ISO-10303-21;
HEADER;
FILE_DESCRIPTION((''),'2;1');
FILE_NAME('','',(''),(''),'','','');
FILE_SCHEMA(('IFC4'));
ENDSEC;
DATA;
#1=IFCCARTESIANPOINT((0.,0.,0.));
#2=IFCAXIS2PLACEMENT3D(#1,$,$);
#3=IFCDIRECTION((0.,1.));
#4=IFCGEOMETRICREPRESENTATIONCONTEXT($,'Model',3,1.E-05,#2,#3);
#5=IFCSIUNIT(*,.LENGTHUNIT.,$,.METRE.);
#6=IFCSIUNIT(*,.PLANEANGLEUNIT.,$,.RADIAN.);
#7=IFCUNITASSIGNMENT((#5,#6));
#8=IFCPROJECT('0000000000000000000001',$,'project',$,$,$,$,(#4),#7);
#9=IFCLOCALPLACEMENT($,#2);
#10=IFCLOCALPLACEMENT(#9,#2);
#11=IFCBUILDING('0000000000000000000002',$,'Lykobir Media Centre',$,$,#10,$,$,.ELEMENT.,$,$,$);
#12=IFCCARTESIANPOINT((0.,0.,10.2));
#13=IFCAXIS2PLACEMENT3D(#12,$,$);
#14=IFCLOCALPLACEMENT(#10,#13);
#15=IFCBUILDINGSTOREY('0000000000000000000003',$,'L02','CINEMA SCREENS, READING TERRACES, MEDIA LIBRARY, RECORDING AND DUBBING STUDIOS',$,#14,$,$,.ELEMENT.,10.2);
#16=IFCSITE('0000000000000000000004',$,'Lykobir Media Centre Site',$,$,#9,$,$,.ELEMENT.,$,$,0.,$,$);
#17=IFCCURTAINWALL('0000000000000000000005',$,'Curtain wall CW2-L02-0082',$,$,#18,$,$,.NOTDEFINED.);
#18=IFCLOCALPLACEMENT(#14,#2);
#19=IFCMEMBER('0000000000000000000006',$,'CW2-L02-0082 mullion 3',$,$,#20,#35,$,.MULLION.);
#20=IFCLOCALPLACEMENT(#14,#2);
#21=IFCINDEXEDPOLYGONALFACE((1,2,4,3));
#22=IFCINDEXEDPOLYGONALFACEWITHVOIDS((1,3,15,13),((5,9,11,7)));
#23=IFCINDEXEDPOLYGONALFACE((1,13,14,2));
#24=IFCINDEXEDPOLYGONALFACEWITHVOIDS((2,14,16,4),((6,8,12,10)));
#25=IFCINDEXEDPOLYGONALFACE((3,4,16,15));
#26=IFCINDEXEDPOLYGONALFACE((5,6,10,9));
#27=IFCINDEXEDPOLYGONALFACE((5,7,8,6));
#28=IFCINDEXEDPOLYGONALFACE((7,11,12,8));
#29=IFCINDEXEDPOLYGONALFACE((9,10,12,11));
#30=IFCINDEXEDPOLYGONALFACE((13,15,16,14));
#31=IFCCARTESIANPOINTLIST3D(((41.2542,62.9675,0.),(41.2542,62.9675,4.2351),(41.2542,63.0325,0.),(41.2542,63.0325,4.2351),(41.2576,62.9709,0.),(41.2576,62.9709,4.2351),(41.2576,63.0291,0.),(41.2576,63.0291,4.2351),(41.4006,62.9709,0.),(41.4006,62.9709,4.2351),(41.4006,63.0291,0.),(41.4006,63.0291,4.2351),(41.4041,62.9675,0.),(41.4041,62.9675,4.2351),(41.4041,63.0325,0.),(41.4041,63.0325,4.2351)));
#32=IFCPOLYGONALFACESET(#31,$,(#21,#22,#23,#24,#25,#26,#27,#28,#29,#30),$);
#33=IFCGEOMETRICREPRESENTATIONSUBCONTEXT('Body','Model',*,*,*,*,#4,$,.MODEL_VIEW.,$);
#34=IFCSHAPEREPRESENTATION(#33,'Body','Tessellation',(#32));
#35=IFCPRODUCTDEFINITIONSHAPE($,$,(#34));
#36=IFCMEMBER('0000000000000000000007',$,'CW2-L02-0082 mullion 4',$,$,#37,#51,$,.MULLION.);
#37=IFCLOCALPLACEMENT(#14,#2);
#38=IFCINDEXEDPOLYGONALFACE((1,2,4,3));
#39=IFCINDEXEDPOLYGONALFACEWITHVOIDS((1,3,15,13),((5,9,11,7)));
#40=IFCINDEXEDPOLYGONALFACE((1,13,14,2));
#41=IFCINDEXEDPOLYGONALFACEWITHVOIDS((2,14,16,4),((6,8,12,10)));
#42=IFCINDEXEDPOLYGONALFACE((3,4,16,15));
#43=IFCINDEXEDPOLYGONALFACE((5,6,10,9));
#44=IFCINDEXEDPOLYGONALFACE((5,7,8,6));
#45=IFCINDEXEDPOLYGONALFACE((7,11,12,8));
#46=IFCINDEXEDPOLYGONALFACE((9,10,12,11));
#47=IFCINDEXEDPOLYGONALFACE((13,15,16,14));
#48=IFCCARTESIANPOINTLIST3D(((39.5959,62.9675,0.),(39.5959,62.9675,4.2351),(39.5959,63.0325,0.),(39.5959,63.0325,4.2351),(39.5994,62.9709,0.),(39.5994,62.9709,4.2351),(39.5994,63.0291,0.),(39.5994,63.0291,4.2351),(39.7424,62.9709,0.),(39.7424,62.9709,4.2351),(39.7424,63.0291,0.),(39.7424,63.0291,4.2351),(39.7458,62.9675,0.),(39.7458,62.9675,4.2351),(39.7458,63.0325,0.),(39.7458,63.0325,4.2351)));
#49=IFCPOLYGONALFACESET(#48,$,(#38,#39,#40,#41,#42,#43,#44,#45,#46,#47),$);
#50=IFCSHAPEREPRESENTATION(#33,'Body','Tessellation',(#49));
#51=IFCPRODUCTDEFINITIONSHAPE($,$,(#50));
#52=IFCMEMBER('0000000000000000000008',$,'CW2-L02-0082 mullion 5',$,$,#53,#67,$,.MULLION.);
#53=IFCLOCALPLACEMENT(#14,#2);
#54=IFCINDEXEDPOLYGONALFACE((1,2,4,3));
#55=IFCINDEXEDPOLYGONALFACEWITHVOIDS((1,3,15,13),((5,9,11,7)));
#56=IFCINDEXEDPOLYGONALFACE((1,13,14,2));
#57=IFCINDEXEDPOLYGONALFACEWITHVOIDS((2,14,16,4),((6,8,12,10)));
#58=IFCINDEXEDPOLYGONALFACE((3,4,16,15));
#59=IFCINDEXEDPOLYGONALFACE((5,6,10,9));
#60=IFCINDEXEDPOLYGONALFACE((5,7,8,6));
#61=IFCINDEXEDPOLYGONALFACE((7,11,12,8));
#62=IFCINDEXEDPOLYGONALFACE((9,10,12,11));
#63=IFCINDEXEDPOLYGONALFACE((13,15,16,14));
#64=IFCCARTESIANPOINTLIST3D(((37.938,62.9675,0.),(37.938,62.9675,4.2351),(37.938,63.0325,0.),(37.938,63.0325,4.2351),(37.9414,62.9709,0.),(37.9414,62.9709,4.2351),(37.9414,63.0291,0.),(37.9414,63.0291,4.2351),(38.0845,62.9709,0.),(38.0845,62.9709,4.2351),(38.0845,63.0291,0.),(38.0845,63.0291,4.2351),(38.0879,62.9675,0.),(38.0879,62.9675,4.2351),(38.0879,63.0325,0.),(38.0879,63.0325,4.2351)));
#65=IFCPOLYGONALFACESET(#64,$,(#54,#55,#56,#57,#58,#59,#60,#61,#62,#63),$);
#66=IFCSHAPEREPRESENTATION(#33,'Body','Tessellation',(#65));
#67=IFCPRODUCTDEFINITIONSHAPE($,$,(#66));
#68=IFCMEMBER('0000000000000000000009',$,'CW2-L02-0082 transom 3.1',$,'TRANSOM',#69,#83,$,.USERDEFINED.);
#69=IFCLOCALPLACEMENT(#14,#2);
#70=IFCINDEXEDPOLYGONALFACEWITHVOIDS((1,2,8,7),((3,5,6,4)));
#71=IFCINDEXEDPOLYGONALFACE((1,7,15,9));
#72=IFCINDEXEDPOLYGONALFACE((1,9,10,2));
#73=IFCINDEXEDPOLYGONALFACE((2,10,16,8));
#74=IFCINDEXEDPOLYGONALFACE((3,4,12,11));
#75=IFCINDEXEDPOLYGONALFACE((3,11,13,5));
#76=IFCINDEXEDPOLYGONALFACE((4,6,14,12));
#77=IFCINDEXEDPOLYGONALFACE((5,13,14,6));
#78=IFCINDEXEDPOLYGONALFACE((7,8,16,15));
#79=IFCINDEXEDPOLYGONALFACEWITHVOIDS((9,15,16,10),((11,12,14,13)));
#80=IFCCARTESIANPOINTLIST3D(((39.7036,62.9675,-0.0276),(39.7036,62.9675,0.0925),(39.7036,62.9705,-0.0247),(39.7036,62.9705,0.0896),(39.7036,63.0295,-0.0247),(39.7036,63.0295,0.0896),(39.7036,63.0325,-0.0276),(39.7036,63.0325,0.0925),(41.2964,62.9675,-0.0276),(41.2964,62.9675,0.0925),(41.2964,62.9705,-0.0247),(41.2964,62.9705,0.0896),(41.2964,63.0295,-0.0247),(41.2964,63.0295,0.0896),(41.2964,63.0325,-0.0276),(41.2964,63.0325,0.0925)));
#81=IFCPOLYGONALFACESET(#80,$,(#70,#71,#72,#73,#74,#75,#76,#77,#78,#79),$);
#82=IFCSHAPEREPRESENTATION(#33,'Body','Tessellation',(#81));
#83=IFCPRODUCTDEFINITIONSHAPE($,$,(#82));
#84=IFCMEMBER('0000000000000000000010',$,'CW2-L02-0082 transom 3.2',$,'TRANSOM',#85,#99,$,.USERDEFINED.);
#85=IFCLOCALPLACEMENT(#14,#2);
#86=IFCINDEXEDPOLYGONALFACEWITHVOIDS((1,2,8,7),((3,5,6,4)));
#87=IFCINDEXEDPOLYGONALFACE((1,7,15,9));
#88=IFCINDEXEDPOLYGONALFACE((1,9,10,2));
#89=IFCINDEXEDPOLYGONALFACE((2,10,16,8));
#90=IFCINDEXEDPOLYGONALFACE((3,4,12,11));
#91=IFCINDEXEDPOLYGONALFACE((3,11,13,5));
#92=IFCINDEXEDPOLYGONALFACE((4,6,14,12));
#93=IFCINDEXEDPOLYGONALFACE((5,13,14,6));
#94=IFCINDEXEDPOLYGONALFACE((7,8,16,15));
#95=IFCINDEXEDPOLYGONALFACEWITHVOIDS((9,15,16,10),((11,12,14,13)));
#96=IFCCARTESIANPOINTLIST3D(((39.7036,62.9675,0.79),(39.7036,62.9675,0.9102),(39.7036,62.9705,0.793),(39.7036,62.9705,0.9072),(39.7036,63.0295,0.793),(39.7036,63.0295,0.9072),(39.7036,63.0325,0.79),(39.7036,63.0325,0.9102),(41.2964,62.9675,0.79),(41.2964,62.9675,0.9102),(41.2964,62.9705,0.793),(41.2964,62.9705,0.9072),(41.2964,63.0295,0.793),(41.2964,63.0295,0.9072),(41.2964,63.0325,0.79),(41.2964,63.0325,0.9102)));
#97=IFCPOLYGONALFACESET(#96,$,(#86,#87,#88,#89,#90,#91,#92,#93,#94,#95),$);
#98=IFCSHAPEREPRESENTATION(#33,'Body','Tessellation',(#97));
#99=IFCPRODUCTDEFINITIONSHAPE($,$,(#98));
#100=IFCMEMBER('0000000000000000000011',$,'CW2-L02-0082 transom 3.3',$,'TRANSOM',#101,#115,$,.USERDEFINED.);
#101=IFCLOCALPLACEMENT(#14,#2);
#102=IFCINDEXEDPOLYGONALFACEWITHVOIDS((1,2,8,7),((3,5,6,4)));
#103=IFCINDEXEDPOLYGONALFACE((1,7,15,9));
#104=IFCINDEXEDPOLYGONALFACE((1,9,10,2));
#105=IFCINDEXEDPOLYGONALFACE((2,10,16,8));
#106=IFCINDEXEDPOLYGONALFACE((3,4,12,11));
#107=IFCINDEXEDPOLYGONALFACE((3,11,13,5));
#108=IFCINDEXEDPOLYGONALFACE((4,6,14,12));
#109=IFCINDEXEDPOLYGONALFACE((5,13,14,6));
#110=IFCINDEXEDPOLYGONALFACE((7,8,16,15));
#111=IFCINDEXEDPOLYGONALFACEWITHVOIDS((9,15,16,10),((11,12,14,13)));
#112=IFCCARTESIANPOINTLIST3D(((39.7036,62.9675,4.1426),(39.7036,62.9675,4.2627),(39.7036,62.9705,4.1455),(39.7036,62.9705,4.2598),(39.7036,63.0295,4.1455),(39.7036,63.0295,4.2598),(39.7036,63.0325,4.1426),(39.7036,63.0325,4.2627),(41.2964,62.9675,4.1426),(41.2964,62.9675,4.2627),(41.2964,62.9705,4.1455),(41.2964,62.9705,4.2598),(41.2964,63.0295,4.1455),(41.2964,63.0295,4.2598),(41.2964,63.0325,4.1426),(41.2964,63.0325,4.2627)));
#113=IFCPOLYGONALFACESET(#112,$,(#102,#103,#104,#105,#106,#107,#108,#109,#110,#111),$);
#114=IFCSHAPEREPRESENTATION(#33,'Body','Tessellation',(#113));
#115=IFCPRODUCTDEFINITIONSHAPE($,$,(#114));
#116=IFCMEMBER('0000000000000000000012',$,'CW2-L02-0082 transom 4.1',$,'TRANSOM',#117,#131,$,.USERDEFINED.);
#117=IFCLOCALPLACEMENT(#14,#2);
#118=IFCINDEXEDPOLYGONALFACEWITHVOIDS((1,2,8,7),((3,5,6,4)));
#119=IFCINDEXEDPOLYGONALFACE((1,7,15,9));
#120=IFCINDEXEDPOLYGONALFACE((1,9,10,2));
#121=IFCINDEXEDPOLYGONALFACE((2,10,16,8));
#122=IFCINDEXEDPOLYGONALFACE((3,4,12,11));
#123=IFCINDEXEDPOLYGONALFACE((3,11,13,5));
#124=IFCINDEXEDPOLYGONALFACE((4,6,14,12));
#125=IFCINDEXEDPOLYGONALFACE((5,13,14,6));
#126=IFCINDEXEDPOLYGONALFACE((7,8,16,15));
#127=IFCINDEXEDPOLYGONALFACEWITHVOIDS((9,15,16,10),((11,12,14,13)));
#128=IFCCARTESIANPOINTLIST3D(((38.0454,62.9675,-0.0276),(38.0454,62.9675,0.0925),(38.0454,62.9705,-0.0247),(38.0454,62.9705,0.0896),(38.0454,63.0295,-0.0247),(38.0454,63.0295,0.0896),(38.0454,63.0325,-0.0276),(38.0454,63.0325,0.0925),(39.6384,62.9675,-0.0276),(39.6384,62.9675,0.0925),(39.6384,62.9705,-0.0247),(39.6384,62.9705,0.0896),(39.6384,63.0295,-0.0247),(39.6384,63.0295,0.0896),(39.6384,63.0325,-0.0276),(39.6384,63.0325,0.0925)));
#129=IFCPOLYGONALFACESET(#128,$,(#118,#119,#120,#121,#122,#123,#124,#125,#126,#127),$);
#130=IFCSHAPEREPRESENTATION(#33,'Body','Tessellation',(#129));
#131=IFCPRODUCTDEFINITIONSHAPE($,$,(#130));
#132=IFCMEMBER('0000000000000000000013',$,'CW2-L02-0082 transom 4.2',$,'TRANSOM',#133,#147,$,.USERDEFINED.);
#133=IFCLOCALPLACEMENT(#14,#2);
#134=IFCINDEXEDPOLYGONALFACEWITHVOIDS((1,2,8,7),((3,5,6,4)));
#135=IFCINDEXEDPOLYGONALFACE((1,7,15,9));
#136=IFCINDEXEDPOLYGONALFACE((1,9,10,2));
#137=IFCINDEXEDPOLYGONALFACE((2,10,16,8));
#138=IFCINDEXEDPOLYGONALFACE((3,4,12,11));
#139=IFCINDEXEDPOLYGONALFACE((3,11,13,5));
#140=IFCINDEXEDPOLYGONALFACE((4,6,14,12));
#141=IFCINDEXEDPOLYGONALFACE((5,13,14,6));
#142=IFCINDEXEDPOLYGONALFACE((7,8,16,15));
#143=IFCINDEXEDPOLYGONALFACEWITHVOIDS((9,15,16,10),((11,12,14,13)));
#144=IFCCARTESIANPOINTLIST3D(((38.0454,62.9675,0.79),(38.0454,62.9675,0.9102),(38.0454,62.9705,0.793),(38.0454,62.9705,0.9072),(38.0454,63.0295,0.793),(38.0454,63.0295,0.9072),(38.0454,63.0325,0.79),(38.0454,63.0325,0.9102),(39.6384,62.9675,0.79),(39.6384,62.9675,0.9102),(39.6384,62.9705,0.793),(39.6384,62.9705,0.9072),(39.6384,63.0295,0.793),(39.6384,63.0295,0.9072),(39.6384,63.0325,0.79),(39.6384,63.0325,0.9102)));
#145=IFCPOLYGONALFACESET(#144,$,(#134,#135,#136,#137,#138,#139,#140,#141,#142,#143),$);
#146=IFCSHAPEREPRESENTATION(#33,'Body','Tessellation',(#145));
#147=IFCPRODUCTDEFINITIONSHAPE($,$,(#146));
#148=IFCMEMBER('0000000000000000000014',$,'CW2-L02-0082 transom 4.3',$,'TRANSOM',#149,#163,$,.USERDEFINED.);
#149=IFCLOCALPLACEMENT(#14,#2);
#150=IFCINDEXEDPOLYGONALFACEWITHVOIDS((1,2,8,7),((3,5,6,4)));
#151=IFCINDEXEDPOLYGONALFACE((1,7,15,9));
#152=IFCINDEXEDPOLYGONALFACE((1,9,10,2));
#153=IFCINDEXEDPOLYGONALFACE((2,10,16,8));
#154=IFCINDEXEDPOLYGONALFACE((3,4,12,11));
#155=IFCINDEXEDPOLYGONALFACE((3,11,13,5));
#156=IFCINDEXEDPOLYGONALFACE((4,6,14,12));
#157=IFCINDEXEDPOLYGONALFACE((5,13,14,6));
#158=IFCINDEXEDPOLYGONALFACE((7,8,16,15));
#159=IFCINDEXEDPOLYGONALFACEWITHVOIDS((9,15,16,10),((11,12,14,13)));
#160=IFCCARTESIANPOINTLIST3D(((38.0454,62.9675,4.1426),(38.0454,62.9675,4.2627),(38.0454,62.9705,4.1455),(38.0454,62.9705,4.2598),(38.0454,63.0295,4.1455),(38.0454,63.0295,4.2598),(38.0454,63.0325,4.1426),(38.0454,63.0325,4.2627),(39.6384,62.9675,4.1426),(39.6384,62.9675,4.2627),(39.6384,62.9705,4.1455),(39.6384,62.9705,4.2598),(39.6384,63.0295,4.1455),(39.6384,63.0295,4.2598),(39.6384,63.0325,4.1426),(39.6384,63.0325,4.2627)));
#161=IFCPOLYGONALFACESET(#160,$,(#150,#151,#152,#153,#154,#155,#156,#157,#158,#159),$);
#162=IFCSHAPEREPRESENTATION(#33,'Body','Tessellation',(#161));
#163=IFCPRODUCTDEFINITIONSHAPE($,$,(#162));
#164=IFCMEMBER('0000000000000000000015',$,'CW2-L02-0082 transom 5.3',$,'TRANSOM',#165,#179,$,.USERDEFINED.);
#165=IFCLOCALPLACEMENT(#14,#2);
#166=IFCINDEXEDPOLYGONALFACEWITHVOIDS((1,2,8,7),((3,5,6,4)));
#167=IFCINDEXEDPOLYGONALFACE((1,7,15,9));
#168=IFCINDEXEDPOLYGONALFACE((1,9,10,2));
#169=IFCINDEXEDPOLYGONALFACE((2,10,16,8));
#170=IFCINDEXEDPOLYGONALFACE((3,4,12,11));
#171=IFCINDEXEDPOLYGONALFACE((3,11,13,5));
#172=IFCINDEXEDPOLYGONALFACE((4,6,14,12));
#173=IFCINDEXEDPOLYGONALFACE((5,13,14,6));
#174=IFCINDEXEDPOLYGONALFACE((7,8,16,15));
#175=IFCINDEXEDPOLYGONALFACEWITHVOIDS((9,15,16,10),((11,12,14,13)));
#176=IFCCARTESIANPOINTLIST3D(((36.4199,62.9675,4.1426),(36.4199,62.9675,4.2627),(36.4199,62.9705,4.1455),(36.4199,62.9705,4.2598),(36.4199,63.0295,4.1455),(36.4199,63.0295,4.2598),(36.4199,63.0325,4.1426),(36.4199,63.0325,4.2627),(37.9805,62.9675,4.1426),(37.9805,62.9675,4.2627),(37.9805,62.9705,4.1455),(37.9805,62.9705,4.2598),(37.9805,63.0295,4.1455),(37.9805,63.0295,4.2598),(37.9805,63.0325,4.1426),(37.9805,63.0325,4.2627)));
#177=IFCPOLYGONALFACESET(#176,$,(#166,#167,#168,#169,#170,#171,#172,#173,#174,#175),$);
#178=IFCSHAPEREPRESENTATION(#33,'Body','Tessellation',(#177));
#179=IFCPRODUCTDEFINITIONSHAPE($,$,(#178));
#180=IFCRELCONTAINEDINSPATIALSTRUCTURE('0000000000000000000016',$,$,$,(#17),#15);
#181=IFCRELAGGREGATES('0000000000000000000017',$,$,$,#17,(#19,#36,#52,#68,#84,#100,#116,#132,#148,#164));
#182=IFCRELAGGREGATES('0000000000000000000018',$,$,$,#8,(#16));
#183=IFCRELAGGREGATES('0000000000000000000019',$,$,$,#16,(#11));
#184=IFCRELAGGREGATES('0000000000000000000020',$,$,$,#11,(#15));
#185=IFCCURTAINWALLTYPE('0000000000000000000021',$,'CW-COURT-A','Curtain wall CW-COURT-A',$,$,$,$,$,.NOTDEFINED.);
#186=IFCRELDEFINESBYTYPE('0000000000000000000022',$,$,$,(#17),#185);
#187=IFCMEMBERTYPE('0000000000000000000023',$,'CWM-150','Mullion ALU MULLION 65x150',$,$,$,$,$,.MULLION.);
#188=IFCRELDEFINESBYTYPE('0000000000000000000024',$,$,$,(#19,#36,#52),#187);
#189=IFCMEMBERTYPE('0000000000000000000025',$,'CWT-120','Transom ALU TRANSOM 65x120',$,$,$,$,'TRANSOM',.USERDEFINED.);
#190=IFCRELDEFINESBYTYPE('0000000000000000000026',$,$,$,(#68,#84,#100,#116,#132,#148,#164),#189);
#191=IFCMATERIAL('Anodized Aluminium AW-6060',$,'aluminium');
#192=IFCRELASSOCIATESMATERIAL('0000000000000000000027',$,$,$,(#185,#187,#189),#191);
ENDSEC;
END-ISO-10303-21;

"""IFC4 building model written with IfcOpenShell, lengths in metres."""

from ifc_helpers import new_model, si_unit, direction, frame, origin, origin_2d, place, context, subcontext, project, spatial, hollow_rectangle, extrude, material, material_profile, profile_set, type_object, element, aggregate, save


model = new_model("IFC4")

# Units and contexts
model_context = context("Model", 3, precision=1e-05, world=origin(), true_north=direction((0.0, 1.0)))
body_context = subcontext(model_context, "Body", "Model", "MODEL_VIEW")
ifc_project = project(units=[si_unit("LENGTHUNIT", "METRE"), si_unit("PLANEANGLEUNIT", "RADIAN")], contexts=[model_context])

# Site, building, storey
site_placement = place(None, origin())
site = spatial("IfcSite", under=ifc_project, at=site_placement, Name="Lykobir Media Centre Site", CompositionType="ELEMENT", RefElevation=0.0)
building_placement = place(site_placement, origin())
building = spatial("IfcBuilding", under=site, at=building_placement, Name="Lykobir Media Centre", CompositionType="ELEMENT")
storey_placement = place(building_placement, frame((0.0, 0.0, 10.2)))
storey = spatial("IfcBuildingStorey", under=building, at=storey_placement, Name="L02", Description="CINEMA SCREENS, READING TERRACES, MEDIA LIBRARY, RECORDING AND DUBBING STUDIOS", CompositionType="ELEMENT", Elevation=10.2)

# Curtain wall, members
ifc_material_1 = material(Name="Anodized Aluminium AW-6060", Category="aluminium")
curtain_wall_type_1 = type_object("IfcCurtainWallType", Name="CW-COURT-A", Description="Curtain wall CW-COURT-A", PredefinedType="NOTDEFINED", material=ifc_material_1)
curtain_wall_1_placement = place(storey_placement, origin())
curtain_wall_1 = element("IfcCurtainWall", 1, at=curtain_wall_1_placement, inside=storey, type_object=curtain_wall_type_1, Name="Curtain wall CW2-L02-0082", PredefinedType="NOTDEFINED")
ifc_material_profile_1 = material_profile(ifc_material_1, hollow_rectangle(XDim=0.0649, YDim=0.1499, WallThickness=0.0034, at=origin_2d()), Name="ALU MULLION 65x150")
ifc_profile_set_1 = profile_set([ifc_material_profile_1], Name="Anodized Aluminium AW-6060")
member_type_1 = type_object("IfcMemberType", Name="CWM-150", Description="Mullion ALU MULLION 65x150", PredefinedType="MULLION", material=ifc_profile_set_1)
member_1_placement = place(storey_placement, frame((41.3291, 63.0, 0.0), z_axis=(0.0, 0.0, 1.0), x_axis=(0.0, -1.0, 0.0)))
member_1 = element("IfcMember", 2, at=member_1_placement, type_object=member_type_1, Name="CW2-L02-0082 mullion 3", PredefinedType="MULLION", context=body_context, shape_type="SweptSolid", body=[
    extrude(hollow_rectangle(XDim=0.0649, YDim=0.1499, WallThickness=0.0034, at=origin_2d()), origin(), (0.0, 0.0, 1.0), 4.2351),
])
member_2_placement = place(storey_placement, frame((39.6709, 63.0, 0.0), z_axis=(0.0, 0.0, 1.0), x_axis=(0.0, -1.0, 0.0)))
member_2 = element("IfcMember", 3, at=member_2_placement, type_object=member_type_1, Name="CW2-L02-0082 mullion 4", PredefinedType="MULLION", context=body_context, shape_type="SweptSolid", body=[
    extrude(hollow_rectangle(XDim=0.0649, YDim=0.1499, WallThickness=0.0034, at=origin_2d()), origin(), (0.0, 0.0, 1.0), 4.2351),
])
member_3_placement = place(storey_placement, frame((38.0129, 63.0, 0.0), z_axis=(0.0, 0.0, 1.0), x_axis=(0.0, -1.0, 0.0)))
member_3 = element("IfcMember", 4, at=member_3_placement, type_object=member_type_1, Name="CW2-L02-0082 mullion 5", PredefinedType="MULLION", context=body_context, shape_type="SweptSolid", body=[
    extrude(hollow_rectangle(XDim=0.0649, YDim=0.1499, WallThickness=0.0034, at=origin_2d()), origin(), (0.0, 0.0, 1.0), 4.2351),
])
ifc_material_profile_2 = material_profile(ifc_material_1, hollow_rectangle(XDim=0.0649, YDim=0.1201, WallThickness=0.0029, at=origin_2d()), Name="ALU TRANSOM 65x120")
ifc_profile_set_2 = profile_set([ifc_material_profile_2], Name="Anodized Aluminium AW-6060")
member_type_2 = type_object("IfcMemberType", Name="CWT-120", Description="Transom ALU TRANSOM 65x120", ElementType="TRANSOM", PredefinedType="USERDEFINED", material=ifc_profile_set_2)
member_4_placement = place(storey_placement, frame((41.2964, 63.0, 0.0325), z_axis=(-1.0, 0.0, 0.0), x_axis=(0.0, -1.0, 0.0)))
member_4 = element("IfcMember", 5, at=member_4_placement, type_object=member_type_2, Name="CW2-L02-0082 transom 3.1", ObjectType="TRANSOM", PredefinedType="USERDEFINED", context=body_context, shape_type="SweptSolid", body=[
    extrude(hollow_rectangle(XDim=0.0649, YDim=0.1201, WallThickness=0.0029, at=origin_2d()), origin(), (0.0, 0.0, 1.0), 1.5928),
])
member_5_placement = place(storey_placement, frame((41.2964, 63.0, 0.8501), z_axis=(-1.0, 0.0, 0.0), x_axis=(0.0, -1.0, 0.0)))
member_5 = element("IfcMember", 6, at=member_5_placement, type_object=member_type_2, Name="CW2-L02-0082 transom 3.2", ObjectType="TRANSOM", PredefinedType="USERDEFINED", context=body_context, shape_type="SweptSolid", body=[
    extrude(hollow_rectangle(XDim=0.0649, YDim=0.1201, WallThickness=0.0029, at=origin_2d()), origin(), (0.0, 0.0, 1.0), 1.5928),
])
member_6_placement = place(storey_placement, frame((41.2964, 63.0, 4.2026), z_axis=(-1.0, 0.0, 0.0), x_axis=(0.0, -1.0, 0.0)))
member_6 = element("IfcMember", 7, at=member_6_placement, type_object=member_type_2, Name="CW2-L02-0082 transom 3.3", ObjectType="TRANSOM", PredefinedType="USERDEFINED", context=body_context, shape_type="SweptSolid", body=[
    extrude(hollow_rectangle(XDim=0.0649, YDim=0.1201, WallThickness=0.0029, at=origin_2d()), origin(), (0.0, 0.0, 1.0), 1.5928),
])
member_7_placement = place(storey_placement, frame((39.6384, 63.0, 0.0325), z_axis=(-1.0, 0.0, 0.0), x_axis=(0.0, -1.0, 0.0)))
member_7 = element("IfcMember", 8, at=member_7_placement, type_object=member_type_2, Name="CW2-L02-0082 transom 4.1", ObjectType="TRANSOM", PredefinedType="USERDEFINED", context=body_context, shape_type="SweptSolid", body=[
    extrude(hollow_rectangle(XDim=0.0649, YDim=0.1201, WallThickness=0.0029, at=origin_2d()), origin(), (0.0, 0.0, 1.0), 1.593),
])
member_8_placement = place(storey_placement, frame((39.6384, 63.0, 0.8501), z_axis=(-1.0, 0.0, 0.0), x_axis=(0.0, -1.0, 0.0)))
member_8 = element("IfcMember", 9, at=member_8_placement, type_object=member_type_2, Name="CW2-L02-0082 transom 4.2", ObjectType="TRANSOM", PredefinedType="USERDEFINED", context=body_context, shape_type="SweptSolid", body=[
    extrude(hollow_rectangle(XDim=0.0649, YDim=0.1201, WallThickness=0.0029, at=origin_2d()), origin(), (0.0, 0.0, 1.0), 1.593),
])
member_9_placement = place(storey_placement, frame((39.6384, 63.0, 4.2026), z_axis=(-1.0, 0.0, 0.0), x_axis=(0.0, -1.0, 0.0)))
member_9 = element("IfcMember", 10, at=member_9_placement, type_object=member_type_2, Name="CW2-L02-0082 transom 4.3", ObjectType="TRANSOM", PredefinedType="USERDEFINED", context=body_context, shape_type="SweptSolid", body=[
    extrude(hollow_rectangle(XDim=0.0649, YDim=0.1201, WallThickness=0.0029, at=origin_2d()), origin(), (0.0, 0.0, 1.0), 1.593),
])
member_10_placement = place(storey_placement, frame((37.9805, 63.0, 4.2026), z_axis=(-1.0, 0.0, 0.0), x_axis=(0.0, -1.0, 0.0)))
member_10 = element("IfcMember", 11, at=member_10_placement, type_object=member_type_2, Name="CW2-L02-0082 transom 5.3", ObjectType="TRANSOM", PredefinedType="USERDEFINED", context=body_context, shape_type="SweptSolid", body=[
    extrude(hollow_rectangle(XDim=0.0649, YDim=0.1201, WallThickness=0.0029, at=origin_2d()), origin(), (0.0, 0.0, 1.0), 1.5605),
])

aggregate(curtain_wall_1, [member_1, member_2, member_3, member_4, member_5, member_6, member_7, member_8, member_9, member_10])

save(model, "model.ifc")
